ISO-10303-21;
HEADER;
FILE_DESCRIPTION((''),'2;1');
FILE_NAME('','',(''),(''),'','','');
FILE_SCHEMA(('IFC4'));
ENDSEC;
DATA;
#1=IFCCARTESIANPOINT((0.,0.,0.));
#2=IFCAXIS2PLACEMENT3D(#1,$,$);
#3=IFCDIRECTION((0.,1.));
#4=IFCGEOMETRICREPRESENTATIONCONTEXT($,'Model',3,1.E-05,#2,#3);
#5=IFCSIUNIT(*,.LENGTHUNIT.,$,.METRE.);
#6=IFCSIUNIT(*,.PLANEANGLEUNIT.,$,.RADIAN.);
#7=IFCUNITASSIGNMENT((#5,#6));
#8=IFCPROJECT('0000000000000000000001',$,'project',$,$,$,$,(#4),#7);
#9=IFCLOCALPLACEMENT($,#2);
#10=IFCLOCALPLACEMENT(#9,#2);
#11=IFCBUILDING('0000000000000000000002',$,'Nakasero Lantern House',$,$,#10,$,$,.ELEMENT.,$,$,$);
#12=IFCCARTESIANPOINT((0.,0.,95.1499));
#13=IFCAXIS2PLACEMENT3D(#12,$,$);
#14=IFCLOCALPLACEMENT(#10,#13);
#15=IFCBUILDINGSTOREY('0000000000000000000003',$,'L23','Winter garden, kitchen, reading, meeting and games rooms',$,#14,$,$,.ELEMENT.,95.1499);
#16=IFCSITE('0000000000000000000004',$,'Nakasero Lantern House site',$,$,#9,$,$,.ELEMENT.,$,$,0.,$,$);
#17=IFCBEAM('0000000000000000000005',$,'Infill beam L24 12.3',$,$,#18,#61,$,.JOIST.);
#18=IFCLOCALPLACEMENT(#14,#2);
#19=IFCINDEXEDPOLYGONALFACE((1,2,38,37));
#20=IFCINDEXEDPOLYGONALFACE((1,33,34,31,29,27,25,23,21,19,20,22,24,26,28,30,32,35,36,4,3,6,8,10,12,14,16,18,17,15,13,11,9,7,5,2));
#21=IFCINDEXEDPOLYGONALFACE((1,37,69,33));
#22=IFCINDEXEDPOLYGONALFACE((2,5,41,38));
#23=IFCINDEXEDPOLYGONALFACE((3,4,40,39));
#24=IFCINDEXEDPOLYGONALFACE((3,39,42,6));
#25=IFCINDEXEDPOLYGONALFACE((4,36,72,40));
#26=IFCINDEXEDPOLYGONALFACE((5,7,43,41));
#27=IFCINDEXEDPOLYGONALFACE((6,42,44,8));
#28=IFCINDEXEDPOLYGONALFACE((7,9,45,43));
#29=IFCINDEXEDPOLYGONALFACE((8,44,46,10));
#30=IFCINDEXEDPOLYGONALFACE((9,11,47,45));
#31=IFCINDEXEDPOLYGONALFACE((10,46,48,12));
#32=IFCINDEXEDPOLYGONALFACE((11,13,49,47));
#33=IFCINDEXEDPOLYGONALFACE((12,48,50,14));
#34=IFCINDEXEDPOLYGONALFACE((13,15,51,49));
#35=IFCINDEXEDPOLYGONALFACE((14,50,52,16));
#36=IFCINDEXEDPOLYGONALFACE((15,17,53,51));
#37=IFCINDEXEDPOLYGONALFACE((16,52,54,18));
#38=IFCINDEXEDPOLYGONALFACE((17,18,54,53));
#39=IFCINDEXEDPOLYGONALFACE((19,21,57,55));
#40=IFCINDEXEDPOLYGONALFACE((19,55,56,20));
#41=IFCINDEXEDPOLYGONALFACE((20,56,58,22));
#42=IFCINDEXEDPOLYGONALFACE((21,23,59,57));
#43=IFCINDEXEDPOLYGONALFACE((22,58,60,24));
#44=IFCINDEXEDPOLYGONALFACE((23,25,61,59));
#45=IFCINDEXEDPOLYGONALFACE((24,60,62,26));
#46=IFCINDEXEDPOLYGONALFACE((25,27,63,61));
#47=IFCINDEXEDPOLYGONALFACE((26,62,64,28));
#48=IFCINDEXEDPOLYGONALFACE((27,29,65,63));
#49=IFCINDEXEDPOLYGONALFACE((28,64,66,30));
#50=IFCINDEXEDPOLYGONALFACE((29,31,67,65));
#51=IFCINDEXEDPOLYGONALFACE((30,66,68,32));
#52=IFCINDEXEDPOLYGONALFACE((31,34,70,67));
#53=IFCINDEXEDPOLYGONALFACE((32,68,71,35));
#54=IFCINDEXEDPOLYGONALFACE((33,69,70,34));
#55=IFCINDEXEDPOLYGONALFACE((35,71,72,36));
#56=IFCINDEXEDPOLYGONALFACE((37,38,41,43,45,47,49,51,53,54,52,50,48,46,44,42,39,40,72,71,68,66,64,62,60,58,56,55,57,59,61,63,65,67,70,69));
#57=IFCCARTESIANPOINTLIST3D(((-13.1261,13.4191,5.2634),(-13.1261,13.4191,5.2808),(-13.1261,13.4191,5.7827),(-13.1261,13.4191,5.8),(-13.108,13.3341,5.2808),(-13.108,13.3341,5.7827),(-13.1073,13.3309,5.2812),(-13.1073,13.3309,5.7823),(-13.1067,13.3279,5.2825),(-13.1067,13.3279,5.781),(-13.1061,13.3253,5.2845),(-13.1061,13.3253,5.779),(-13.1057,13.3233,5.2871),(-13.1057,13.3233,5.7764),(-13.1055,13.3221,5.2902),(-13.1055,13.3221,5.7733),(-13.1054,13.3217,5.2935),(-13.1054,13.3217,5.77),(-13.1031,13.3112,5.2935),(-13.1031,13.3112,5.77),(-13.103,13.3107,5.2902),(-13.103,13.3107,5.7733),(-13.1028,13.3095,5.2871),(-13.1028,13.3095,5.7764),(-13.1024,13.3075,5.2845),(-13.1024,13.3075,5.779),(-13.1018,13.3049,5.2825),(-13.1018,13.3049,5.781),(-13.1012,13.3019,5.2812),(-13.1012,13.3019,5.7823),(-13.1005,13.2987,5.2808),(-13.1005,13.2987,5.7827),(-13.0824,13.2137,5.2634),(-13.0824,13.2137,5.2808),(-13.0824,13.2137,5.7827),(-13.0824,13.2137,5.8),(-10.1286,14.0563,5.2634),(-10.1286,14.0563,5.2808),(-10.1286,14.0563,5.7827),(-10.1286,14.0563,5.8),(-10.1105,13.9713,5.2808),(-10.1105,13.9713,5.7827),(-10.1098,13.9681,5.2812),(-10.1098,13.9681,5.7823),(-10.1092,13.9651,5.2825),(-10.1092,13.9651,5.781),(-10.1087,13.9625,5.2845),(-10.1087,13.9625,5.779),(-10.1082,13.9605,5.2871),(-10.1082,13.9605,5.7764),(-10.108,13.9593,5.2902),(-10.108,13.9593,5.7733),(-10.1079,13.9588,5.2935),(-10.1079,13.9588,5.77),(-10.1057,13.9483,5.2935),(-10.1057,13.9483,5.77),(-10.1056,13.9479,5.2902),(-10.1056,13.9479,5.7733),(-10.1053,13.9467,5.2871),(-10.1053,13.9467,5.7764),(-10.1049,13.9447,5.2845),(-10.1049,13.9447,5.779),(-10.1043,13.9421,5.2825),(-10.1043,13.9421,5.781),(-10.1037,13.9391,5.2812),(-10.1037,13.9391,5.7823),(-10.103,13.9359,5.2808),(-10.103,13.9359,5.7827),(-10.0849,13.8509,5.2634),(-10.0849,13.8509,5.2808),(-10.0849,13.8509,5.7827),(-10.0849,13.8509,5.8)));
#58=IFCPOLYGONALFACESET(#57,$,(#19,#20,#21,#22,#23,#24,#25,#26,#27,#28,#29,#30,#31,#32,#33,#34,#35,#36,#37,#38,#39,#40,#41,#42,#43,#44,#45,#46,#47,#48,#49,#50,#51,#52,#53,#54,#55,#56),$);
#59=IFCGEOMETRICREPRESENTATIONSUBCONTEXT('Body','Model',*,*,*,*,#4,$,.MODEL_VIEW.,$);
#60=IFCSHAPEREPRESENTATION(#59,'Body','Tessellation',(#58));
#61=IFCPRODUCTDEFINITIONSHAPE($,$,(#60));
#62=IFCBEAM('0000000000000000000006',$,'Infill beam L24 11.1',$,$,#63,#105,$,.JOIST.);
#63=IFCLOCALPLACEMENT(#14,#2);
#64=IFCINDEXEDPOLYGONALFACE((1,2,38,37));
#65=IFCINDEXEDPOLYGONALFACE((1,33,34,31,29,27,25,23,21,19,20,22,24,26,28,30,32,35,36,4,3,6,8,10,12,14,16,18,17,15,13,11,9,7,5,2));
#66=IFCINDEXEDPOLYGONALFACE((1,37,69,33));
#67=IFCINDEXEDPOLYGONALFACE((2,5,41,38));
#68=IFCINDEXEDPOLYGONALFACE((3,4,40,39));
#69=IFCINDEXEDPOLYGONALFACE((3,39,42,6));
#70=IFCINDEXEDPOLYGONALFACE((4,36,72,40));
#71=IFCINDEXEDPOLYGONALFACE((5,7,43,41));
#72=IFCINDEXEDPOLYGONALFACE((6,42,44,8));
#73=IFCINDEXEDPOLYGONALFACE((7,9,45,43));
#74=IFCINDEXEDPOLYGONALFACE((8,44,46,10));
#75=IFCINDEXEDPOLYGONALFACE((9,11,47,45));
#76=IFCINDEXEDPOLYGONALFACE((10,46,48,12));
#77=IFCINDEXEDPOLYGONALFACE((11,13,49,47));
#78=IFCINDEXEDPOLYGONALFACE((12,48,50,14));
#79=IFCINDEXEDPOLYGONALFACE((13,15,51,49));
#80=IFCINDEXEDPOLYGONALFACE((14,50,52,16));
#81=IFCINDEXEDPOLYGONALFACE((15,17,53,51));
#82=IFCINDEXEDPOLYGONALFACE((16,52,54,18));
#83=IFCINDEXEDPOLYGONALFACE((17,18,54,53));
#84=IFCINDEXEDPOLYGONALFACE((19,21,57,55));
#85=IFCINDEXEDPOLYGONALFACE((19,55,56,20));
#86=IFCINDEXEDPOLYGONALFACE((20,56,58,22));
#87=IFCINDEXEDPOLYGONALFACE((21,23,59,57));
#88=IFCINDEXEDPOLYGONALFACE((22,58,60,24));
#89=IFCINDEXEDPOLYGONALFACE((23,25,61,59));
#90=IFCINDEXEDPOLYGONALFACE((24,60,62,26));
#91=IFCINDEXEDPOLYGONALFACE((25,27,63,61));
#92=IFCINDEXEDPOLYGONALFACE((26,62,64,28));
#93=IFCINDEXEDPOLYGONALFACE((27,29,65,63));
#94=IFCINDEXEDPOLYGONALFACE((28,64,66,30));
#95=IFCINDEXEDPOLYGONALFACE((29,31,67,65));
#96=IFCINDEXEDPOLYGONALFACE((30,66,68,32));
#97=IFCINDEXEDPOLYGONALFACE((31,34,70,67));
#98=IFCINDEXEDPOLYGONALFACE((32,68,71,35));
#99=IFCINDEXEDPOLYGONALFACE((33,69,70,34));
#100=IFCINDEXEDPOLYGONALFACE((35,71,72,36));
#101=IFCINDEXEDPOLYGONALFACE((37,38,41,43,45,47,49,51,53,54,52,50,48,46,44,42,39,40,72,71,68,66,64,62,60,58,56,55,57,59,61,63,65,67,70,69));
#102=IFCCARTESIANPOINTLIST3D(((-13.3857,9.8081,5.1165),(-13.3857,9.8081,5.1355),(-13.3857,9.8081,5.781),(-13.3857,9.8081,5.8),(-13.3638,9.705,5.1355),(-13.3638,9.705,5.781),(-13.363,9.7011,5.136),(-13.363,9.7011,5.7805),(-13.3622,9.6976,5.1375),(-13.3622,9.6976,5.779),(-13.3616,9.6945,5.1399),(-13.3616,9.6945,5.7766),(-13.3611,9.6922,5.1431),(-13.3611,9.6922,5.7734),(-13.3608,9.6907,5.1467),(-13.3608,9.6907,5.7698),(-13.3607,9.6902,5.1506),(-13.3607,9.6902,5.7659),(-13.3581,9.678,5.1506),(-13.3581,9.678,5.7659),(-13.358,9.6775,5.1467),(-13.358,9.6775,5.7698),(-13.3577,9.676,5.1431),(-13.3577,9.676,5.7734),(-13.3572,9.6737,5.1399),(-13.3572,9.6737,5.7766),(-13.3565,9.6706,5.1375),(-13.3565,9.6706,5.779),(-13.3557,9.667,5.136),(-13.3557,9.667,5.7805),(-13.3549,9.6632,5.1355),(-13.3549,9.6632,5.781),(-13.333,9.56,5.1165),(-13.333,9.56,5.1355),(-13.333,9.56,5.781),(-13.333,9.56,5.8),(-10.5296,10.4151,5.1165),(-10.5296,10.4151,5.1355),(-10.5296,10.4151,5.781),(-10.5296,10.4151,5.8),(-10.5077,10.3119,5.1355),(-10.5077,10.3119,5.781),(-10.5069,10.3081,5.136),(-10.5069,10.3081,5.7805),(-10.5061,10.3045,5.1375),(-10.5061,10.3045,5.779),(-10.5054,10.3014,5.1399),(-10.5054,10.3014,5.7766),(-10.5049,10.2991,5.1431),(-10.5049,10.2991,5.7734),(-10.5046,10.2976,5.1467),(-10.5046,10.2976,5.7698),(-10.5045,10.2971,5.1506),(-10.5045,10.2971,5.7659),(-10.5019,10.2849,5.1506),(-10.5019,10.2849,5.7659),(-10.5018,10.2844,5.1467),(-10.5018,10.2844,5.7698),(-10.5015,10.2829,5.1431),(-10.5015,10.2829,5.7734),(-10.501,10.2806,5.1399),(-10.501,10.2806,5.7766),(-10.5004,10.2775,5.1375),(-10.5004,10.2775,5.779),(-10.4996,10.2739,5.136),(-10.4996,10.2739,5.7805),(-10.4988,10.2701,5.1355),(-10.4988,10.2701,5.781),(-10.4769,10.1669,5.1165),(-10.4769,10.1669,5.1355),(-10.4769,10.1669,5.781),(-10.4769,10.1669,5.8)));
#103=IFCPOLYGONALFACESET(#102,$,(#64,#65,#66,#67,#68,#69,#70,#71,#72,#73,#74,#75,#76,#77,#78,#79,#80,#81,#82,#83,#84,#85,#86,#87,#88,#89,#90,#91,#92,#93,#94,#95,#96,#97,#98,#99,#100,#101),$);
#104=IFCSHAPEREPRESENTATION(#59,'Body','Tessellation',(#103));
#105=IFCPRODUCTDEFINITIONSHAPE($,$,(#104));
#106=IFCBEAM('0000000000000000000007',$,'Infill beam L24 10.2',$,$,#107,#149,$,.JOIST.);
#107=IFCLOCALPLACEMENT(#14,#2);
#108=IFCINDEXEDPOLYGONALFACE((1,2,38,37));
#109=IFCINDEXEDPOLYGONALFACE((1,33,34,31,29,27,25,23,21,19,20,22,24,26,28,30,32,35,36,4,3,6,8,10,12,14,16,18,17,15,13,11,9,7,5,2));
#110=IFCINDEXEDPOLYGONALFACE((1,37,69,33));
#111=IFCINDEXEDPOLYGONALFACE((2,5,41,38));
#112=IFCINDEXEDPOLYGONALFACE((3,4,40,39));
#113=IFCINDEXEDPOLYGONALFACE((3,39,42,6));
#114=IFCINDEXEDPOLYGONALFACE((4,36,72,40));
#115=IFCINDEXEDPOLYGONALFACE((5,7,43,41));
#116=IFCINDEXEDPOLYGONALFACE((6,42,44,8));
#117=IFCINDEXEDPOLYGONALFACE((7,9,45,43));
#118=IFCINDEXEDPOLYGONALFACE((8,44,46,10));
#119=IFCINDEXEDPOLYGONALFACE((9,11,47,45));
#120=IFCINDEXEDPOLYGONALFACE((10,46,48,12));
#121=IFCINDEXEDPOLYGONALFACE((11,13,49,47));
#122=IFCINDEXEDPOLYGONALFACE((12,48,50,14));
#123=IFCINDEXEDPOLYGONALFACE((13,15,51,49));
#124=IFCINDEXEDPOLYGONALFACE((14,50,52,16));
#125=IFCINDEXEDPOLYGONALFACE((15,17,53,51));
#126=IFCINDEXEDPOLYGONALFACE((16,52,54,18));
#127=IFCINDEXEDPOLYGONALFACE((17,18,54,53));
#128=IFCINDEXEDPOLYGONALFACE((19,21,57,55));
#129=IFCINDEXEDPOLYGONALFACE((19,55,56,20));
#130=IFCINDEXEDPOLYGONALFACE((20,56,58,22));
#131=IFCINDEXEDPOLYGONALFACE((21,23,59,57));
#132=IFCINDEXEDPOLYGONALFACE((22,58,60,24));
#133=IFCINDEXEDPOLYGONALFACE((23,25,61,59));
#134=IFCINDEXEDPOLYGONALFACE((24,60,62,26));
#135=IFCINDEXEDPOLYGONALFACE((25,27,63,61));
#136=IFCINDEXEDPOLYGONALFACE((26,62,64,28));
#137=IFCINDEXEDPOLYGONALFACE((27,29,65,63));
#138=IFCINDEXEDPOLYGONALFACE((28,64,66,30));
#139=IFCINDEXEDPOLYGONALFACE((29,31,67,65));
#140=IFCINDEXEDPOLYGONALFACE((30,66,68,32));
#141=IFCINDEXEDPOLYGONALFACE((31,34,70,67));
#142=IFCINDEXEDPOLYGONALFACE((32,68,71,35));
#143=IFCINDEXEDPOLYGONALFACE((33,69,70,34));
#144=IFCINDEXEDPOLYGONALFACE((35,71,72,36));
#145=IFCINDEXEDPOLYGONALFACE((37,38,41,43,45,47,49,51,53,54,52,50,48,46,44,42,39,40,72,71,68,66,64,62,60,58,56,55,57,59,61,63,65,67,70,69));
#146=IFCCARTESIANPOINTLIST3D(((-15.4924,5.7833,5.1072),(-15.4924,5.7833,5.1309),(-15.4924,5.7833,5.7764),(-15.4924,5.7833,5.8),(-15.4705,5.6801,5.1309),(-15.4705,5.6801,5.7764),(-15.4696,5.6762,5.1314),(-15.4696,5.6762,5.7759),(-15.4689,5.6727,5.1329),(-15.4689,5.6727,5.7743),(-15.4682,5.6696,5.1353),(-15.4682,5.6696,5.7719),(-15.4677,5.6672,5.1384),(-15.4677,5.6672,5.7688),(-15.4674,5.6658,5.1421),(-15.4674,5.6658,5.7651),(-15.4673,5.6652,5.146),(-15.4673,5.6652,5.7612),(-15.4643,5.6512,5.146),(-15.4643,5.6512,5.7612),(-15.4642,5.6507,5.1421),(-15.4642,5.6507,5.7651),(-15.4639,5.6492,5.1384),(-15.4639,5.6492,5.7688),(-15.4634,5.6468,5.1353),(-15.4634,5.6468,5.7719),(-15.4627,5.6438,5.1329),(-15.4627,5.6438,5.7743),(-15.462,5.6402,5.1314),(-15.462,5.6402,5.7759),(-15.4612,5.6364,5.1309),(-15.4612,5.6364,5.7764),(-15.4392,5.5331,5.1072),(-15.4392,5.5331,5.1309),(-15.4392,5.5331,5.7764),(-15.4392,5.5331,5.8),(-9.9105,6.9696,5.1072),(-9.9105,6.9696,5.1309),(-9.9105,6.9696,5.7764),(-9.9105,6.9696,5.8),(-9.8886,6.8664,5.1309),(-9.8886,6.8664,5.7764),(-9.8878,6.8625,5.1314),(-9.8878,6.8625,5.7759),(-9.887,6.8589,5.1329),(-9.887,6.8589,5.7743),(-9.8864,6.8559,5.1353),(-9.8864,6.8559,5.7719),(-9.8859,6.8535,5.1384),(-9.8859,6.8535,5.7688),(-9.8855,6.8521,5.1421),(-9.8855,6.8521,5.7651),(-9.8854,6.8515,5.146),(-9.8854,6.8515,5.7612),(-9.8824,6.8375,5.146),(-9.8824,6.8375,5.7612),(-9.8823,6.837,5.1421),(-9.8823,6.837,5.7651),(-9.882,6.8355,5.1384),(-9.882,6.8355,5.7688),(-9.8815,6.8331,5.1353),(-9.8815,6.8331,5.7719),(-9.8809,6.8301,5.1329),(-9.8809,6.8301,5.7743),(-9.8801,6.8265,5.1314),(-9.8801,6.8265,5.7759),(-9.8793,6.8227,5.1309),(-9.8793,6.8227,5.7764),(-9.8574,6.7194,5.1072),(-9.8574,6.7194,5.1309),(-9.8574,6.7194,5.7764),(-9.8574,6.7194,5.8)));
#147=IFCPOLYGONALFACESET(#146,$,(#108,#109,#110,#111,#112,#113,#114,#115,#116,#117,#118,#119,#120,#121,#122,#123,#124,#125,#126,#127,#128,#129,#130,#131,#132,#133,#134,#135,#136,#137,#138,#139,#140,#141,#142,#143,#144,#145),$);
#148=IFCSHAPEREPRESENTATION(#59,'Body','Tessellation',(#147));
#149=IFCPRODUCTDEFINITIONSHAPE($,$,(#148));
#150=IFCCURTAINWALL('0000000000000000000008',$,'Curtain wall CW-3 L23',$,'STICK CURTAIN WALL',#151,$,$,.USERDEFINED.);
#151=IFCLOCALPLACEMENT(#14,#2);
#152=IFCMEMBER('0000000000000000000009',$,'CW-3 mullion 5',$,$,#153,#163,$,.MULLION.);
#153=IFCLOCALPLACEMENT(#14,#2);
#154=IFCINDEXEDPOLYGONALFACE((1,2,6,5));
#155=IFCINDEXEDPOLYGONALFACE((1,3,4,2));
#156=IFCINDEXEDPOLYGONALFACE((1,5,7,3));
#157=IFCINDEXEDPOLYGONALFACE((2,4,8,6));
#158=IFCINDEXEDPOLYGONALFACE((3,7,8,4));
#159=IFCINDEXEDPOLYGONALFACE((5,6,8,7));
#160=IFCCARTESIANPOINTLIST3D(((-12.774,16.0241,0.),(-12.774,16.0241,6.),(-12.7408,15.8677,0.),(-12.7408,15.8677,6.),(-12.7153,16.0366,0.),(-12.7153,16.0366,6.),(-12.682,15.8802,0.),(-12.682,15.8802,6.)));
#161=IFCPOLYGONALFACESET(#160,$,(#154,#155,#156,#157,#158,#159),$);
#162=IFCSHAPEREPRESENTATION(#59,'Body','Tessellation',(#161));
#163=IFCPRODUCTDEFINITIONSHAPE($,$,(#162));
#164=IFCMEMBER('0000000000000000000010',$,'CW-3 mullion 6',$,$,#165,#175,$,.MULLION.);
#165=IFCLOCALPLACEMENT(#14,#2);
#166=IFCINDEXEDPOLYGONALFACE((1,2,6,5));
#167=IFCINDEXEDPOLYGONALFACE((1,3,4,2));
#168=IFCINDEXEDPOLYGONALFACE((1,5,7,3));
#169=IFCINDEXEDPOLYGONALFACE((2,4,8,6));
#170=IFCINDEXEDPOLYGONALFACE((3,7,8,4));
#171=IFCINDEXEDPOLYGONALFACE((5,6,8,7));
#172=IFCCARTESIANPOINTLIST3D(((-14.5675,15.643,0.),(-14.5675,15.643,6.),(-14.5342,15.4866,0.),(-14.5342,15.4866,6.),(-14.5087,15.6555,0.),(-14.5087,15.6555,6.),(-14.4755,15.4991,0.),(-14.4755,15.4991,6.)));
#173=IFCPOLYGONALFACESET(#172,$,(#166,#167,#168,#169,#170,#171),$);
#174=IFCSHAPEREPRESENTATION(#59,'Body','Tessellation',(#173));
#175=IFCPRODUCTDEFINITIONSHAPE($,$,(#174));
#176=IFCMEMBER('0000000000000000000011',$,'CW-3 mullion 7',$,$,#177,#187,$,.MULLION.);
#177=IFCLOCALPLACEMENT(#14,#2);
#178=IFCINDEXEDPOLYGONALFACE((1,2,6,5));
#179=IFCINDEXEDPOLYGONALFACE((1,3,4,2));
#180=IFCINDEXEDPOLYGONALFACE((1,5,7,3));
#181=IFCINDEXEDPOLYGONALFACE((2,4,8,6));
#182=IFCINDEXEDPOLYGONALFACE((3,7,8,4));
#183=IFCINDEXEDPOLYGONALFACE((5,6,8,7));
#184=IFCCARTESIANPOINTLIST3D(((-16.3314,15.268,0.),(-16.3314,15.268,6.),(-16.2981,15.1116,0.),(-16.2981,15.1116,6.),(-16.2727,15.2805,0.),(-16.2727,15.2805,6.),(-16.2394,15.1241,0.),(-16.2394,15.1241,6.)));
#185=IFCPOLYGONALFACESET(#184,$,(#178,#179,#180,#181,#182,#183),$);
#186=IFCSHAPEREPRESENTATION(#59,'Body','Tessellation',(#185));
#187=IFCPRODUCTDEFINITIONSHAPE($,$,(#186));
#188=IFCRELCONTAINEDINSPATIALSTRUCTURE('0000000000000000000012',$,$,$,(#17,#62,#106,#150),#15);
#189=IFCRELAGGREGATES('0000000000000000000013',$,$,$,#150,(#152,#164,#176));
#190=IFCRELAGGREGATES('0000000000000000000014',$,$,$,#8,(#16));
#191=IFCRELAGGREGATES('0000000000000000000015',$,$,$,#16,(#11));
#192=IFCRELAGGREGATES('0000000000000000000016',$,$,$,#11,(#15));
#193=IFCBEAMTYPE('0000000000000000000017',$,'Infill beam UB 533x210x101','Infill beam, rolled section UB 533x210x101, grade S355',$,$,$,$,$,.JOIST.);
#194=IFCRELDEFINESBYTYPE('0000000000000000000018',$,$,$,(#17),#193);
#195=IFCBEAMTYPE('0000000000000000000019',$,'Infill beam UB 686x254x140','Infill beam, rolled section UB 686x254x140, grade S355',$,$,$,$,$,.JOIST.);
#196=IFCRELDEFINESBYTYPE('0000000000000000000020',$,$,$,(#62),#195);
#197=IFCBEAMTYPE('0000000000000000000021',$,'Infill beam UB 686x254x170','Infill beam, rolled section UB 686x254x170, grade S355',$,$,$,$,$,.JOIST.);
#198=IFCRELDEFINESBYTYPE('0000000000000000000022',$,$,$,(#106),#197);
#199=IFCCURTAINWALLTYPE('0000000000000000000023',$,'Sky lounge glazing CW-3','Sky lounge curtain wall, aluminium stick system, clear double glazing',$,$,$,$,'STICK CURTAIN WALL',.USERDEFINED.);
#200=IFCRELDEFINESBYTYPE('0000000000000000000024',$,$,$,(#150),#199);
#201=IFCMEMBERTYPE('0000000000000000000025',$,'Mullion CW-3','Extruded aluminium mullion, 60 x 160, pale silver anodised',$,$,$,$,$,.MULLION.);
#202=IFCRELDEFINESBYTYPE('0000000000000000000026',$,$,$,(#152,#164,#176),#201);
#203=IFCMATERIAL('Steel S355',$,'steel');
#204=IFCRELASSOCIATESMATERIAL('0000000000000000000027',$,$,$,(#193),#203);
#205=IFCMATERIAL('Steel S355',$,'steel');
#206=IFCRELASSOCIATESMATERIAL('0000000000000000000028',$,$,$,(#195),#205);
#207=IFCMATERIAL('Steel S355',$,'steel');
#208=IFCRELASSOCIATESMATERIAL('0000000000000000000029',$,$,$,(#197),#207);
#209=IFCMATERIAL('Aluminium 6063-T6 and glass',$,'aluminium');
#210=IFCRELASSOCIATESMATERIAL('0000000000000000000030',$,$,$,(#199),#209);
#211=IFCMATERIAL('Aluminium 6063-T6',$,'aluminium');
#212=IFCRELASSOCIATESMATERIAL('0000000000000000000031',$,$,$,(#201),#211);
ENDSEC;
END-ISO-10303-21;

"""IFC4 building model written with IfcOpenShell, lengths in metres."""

from ifc_helpers import new_model, si_unit, direction, frame, origin, origin_2d, place, context, subcontext, project, spatial, rectangle, i_section, extrude, material, material_profile, profile_set, type_object, element, aggregate, save


model = new_model("IFC4")

# Units and contexts
model_context = context("Model", 3, precision=1e-05, world=origin(), true_north=direction((0.0, 1.0)))
body_context = subcontext(model_context, "Body", "Model", "MODEL_VIEW")
ifc_project = project(units=[si_unit("LENGTHUNIT", "METRE"), si_unit("PLANEANGLEUNIT", "RADIAN")], contexts=[model_context])

# Site, building, storey
site_placement = place(None, origin())
site = spatial("IfcSite", under=ifc_project, at=site_placement, Name="Nakasero Lantern House site", CompositionType="ELEMENT", RefElevation=0.0)
building_placement = place(site_placement, origin())
building = spatial("IfcBuilding", under=site, at=building_placement, Name="Nakasero Lantern House", CompositionType="ELEMENT")
storey_placement = place(building_placement, frame((0.0, 0.0, 95.1499)))
storey = spatial("IfcBuildingStorey", under=building, at=storey_placement, Name="L23", Description="Winter garden, kitchen, reading, meeting and games rooms", CompositionType="ELEMENT", Elevation=95.1499)

# Beams
ifc_material_1 = material(Name="Steel S355", Category="steel")
ifc_material_profile_1 = material_profile(ifc_material_1, i_section(OverallWidth=0.21, OverallDepth=0.5366, WebThickness=0.0107, FlangeThickness=0.0173, FilletRadius=0.0127, at=origin_2d()), Name="UB 533x210x101")
ifc_profile_set_1 = profile_set([ifc_material_profile_1], Name="Steel S355")
beam_type_1 = type_object("IfcBeamType", Name="Infill beam UB 533x210x101", Description="Infill beam, rolled section UB 533x210x101, grade S355", PredefinedType="JOIST", material=ifc_profile_set_1)
beam_1_placement = place(storey_placement, frame((-13.1042, 13.3164, 5.5317), z_axis=(0.978144, 0.207929, 0.0), x_axis=(-0.207929, 0.978144, 0.0)))
element("IfcBeam", 1, at=beam_1_placement, inside=storey, type_object=beam_type_1, Name="Infill beam L24 12.3", PredefinedType="JOIST", context=body_context, shape_type="SweptSolid", body=[
    extrude(i_section(OverallWidth=0.21, OverallDepth=0.5366, WebThickness=0.0107, FlangeThickness=0.0173, FilletRadius=0.0127, at=origin_2d()), origin(), (0.0, 0.0, 1.0), 3.0645),
])
ifc_material_2 = material(Name="Steel S355", Category="steel")
ifc_material_profile_2 = material_profile(ifc_material_2, i_section(OverallWidth=0.2537, OverallDepth=0.6836, WebThickness=0.0125, FlangeThickness=0.019, FilletRadius=0.0151, at=origin_2d()), Name="UB 686x254x140")
ifc_profile_set_2 = profile_set([ifc_material_profile_2], Name="Steel S355")
beam_type_2 = type_object("IfcBeamType", Name="Infill beam UB 686x254x140", Description="Infill beam, rolled section UB 686x254x140, grade S355", PredefinedType="JOIST", material=ifc_profile_set_2)
beam_2_placement = place(storey_placement, frame((-13.3594, 9.6841, 5.4583), z_axis=(0.978159, 0.207856, 0.0), x_axis=(-0.207856, 0.978159, 0.0)))
element("IfcBeam", 2, at=beam_2_placement, inside=storey, type_object=beam_type_2, Name="Infill beam L24 11.1", PredefinedType="JOIST", context=body_context, shape_type="SweptSolid", body=[
    extrude(i_section(OverallWidth=0.2537, OverallDepth=0.6836, WebThickness=0.0125, FlangeThickness=0.019, FilletRadius=0.0151, at=origin_2d()), origin(), (0.0, 0.0, 1.0), 2.9199),
])
ifc_material_3 = material(Name="Steel S355", Category="steel")
ifc_material_profile_3 = material_profile(ifc_material_3, i_section(OverallWidth=0.2559, OverallDepth=0.6929, WebThickness=0.0144, FlangeThickness=0.0237, FilletRadius=0.0151, at=origin_2d()), Name="UB 686x254x170")
ifc_profile_set_3 = profile_set([ifc_material_profile_3], Name="Steel S355")
beam_type_3 = type_object("IfcBeamType", Name="Infill beam UB 686x254x170", Description="Infill beam, rolled section UB 686x254x170, grade S355", PredefinedType="JOIST", material=ifc_profile_set_3)
beam_3_placement = place(storey_placement, frame((-15.4658, 5.6582, 5.4536), z_axis=(0.978154, 0.207884, 0.0), x_axis=(-0.207884, 0.978154, 0.0)))
element("IfcBeam", 3, at=beam_3_placement, inside=storey, type_object=beam_type_3, Name="Infill beam L24 10.2", PredefinedType="JOIST", context=body_context, shape_type="SweptSolid", body=[
    extrude(i_section(OverallWidth=0.2559, OverallDepth=0.6929, WebThickness=0.0144, FlangeThickness=0.0237, FilletRadius=0.0151, at=origin_2d()), origin(), (0.0, 0.0, 1.0), 5.7065),
])

# Curtain wall, members
ifc_material_4 = material(Name="Aluminium 6063-T6 and glass", Category="aluminium")
curtain_wall_type = type_object("IfcCurtainWallType", Name="Sky lounge glazing CW-3", Description="Sky lounge curtain wall, aluminium stick system, clear double glazing", ElementType="STICK CURTAIN WALL", PredefinedType="USERDEFINED", material=ifc_material_4)
curtain_wall_1_placement = place(storey_placement, origin())
curtain_wall_1 = element("IfcCurtainWall", 4, at=curtain_wall_1_placement, inside=storey, type_object=curtain_wall_type, Name="Curtain wall CW-3 L23", ObjectType="STICK CURTAIN WALL", PredefinedType="USERDEFINED")
ifc_material_5 = material(Name="Aluminium 6063-T6", Category="aluminium")
ifc_material_profile_4 = material_profile(ifc_material_5, rectangle(XDim=0.0601, YDim=0.1599, at=origin_2d()), Name="CW-3 mullion 60x160")
ifc_profile_set_4 = profile_set([ifc_material_profile_4], Name="Aluminium 6063-T6")
member_type_1 = type_object("IfcMemberType", Name="Mullion CW-3", Description="Extruded aluminium mullion, 60 x 160, pale silver anodised", PredefinedType="MULLION", material=ifc_profile_set_4)
member_1_placement = place(storey_placement, frame((-12.728, 15.9521, 0.0), z_axis=(0.0, 0.0, 1.0), x_axis=(-0.978148, -0.207912, 0.0)))
member_1 = element("IfcMember", 5, at=member_1_placement, type_object=member_type_1, Name="CW-3 mullion 5", PredefinedType="MULLION", context=body_context, shape_type="SweptSolid", body=[
    extrude(rectangle(XDim=0.0601, YDim=0.1599, at=origin_2d()), origin(), (0.0, 0.0, 1.0), 6.0),
])
member_2_placement = place(storey_placement, frame((-14.5215, 15.571, 0.0), z_axis=(0.0, 0.0, 1.0), x_axis=(-0.978148, -0.207912, 0.0)))
member_2 = element("IfcMember", 6, at=member_2_placement, type_object=member_type_1, Name="CW-3 mullion 6", PredefinedType="MULLION", context=body_context, shape_type="SweptSolid", body=[
    extrude(rectangle(XDim=0.0601, YDim=0.1599, at=origin_2d()), origin(), (0.0, 0.0, 1.0), 6.0),
])
member_3_placement = place(storey_placement, frame((-16.2854, 15.196, 0.0), z_axis=(0.0, 0.0, 1.0), x_axis=(-0.978148, -0.207912, 0.0)))
member_3 = element("IfcMember", 7, at=member_3_placement, type_object=member_type_1, Name="CW-3 mullion 7", PredefinedType="MULLION", context=body_context, shape_type="SweptSolid", body=[
    extrude(rectangle(XDim=0.0601, YDim=0.1599, at=origin_2d()), origin(), (0.0, 0.0, 1.0), 6.0),
])

aggregate(curtain_wall_1, [member_1, member_2, member_3])

save(model, "model.ifc")
